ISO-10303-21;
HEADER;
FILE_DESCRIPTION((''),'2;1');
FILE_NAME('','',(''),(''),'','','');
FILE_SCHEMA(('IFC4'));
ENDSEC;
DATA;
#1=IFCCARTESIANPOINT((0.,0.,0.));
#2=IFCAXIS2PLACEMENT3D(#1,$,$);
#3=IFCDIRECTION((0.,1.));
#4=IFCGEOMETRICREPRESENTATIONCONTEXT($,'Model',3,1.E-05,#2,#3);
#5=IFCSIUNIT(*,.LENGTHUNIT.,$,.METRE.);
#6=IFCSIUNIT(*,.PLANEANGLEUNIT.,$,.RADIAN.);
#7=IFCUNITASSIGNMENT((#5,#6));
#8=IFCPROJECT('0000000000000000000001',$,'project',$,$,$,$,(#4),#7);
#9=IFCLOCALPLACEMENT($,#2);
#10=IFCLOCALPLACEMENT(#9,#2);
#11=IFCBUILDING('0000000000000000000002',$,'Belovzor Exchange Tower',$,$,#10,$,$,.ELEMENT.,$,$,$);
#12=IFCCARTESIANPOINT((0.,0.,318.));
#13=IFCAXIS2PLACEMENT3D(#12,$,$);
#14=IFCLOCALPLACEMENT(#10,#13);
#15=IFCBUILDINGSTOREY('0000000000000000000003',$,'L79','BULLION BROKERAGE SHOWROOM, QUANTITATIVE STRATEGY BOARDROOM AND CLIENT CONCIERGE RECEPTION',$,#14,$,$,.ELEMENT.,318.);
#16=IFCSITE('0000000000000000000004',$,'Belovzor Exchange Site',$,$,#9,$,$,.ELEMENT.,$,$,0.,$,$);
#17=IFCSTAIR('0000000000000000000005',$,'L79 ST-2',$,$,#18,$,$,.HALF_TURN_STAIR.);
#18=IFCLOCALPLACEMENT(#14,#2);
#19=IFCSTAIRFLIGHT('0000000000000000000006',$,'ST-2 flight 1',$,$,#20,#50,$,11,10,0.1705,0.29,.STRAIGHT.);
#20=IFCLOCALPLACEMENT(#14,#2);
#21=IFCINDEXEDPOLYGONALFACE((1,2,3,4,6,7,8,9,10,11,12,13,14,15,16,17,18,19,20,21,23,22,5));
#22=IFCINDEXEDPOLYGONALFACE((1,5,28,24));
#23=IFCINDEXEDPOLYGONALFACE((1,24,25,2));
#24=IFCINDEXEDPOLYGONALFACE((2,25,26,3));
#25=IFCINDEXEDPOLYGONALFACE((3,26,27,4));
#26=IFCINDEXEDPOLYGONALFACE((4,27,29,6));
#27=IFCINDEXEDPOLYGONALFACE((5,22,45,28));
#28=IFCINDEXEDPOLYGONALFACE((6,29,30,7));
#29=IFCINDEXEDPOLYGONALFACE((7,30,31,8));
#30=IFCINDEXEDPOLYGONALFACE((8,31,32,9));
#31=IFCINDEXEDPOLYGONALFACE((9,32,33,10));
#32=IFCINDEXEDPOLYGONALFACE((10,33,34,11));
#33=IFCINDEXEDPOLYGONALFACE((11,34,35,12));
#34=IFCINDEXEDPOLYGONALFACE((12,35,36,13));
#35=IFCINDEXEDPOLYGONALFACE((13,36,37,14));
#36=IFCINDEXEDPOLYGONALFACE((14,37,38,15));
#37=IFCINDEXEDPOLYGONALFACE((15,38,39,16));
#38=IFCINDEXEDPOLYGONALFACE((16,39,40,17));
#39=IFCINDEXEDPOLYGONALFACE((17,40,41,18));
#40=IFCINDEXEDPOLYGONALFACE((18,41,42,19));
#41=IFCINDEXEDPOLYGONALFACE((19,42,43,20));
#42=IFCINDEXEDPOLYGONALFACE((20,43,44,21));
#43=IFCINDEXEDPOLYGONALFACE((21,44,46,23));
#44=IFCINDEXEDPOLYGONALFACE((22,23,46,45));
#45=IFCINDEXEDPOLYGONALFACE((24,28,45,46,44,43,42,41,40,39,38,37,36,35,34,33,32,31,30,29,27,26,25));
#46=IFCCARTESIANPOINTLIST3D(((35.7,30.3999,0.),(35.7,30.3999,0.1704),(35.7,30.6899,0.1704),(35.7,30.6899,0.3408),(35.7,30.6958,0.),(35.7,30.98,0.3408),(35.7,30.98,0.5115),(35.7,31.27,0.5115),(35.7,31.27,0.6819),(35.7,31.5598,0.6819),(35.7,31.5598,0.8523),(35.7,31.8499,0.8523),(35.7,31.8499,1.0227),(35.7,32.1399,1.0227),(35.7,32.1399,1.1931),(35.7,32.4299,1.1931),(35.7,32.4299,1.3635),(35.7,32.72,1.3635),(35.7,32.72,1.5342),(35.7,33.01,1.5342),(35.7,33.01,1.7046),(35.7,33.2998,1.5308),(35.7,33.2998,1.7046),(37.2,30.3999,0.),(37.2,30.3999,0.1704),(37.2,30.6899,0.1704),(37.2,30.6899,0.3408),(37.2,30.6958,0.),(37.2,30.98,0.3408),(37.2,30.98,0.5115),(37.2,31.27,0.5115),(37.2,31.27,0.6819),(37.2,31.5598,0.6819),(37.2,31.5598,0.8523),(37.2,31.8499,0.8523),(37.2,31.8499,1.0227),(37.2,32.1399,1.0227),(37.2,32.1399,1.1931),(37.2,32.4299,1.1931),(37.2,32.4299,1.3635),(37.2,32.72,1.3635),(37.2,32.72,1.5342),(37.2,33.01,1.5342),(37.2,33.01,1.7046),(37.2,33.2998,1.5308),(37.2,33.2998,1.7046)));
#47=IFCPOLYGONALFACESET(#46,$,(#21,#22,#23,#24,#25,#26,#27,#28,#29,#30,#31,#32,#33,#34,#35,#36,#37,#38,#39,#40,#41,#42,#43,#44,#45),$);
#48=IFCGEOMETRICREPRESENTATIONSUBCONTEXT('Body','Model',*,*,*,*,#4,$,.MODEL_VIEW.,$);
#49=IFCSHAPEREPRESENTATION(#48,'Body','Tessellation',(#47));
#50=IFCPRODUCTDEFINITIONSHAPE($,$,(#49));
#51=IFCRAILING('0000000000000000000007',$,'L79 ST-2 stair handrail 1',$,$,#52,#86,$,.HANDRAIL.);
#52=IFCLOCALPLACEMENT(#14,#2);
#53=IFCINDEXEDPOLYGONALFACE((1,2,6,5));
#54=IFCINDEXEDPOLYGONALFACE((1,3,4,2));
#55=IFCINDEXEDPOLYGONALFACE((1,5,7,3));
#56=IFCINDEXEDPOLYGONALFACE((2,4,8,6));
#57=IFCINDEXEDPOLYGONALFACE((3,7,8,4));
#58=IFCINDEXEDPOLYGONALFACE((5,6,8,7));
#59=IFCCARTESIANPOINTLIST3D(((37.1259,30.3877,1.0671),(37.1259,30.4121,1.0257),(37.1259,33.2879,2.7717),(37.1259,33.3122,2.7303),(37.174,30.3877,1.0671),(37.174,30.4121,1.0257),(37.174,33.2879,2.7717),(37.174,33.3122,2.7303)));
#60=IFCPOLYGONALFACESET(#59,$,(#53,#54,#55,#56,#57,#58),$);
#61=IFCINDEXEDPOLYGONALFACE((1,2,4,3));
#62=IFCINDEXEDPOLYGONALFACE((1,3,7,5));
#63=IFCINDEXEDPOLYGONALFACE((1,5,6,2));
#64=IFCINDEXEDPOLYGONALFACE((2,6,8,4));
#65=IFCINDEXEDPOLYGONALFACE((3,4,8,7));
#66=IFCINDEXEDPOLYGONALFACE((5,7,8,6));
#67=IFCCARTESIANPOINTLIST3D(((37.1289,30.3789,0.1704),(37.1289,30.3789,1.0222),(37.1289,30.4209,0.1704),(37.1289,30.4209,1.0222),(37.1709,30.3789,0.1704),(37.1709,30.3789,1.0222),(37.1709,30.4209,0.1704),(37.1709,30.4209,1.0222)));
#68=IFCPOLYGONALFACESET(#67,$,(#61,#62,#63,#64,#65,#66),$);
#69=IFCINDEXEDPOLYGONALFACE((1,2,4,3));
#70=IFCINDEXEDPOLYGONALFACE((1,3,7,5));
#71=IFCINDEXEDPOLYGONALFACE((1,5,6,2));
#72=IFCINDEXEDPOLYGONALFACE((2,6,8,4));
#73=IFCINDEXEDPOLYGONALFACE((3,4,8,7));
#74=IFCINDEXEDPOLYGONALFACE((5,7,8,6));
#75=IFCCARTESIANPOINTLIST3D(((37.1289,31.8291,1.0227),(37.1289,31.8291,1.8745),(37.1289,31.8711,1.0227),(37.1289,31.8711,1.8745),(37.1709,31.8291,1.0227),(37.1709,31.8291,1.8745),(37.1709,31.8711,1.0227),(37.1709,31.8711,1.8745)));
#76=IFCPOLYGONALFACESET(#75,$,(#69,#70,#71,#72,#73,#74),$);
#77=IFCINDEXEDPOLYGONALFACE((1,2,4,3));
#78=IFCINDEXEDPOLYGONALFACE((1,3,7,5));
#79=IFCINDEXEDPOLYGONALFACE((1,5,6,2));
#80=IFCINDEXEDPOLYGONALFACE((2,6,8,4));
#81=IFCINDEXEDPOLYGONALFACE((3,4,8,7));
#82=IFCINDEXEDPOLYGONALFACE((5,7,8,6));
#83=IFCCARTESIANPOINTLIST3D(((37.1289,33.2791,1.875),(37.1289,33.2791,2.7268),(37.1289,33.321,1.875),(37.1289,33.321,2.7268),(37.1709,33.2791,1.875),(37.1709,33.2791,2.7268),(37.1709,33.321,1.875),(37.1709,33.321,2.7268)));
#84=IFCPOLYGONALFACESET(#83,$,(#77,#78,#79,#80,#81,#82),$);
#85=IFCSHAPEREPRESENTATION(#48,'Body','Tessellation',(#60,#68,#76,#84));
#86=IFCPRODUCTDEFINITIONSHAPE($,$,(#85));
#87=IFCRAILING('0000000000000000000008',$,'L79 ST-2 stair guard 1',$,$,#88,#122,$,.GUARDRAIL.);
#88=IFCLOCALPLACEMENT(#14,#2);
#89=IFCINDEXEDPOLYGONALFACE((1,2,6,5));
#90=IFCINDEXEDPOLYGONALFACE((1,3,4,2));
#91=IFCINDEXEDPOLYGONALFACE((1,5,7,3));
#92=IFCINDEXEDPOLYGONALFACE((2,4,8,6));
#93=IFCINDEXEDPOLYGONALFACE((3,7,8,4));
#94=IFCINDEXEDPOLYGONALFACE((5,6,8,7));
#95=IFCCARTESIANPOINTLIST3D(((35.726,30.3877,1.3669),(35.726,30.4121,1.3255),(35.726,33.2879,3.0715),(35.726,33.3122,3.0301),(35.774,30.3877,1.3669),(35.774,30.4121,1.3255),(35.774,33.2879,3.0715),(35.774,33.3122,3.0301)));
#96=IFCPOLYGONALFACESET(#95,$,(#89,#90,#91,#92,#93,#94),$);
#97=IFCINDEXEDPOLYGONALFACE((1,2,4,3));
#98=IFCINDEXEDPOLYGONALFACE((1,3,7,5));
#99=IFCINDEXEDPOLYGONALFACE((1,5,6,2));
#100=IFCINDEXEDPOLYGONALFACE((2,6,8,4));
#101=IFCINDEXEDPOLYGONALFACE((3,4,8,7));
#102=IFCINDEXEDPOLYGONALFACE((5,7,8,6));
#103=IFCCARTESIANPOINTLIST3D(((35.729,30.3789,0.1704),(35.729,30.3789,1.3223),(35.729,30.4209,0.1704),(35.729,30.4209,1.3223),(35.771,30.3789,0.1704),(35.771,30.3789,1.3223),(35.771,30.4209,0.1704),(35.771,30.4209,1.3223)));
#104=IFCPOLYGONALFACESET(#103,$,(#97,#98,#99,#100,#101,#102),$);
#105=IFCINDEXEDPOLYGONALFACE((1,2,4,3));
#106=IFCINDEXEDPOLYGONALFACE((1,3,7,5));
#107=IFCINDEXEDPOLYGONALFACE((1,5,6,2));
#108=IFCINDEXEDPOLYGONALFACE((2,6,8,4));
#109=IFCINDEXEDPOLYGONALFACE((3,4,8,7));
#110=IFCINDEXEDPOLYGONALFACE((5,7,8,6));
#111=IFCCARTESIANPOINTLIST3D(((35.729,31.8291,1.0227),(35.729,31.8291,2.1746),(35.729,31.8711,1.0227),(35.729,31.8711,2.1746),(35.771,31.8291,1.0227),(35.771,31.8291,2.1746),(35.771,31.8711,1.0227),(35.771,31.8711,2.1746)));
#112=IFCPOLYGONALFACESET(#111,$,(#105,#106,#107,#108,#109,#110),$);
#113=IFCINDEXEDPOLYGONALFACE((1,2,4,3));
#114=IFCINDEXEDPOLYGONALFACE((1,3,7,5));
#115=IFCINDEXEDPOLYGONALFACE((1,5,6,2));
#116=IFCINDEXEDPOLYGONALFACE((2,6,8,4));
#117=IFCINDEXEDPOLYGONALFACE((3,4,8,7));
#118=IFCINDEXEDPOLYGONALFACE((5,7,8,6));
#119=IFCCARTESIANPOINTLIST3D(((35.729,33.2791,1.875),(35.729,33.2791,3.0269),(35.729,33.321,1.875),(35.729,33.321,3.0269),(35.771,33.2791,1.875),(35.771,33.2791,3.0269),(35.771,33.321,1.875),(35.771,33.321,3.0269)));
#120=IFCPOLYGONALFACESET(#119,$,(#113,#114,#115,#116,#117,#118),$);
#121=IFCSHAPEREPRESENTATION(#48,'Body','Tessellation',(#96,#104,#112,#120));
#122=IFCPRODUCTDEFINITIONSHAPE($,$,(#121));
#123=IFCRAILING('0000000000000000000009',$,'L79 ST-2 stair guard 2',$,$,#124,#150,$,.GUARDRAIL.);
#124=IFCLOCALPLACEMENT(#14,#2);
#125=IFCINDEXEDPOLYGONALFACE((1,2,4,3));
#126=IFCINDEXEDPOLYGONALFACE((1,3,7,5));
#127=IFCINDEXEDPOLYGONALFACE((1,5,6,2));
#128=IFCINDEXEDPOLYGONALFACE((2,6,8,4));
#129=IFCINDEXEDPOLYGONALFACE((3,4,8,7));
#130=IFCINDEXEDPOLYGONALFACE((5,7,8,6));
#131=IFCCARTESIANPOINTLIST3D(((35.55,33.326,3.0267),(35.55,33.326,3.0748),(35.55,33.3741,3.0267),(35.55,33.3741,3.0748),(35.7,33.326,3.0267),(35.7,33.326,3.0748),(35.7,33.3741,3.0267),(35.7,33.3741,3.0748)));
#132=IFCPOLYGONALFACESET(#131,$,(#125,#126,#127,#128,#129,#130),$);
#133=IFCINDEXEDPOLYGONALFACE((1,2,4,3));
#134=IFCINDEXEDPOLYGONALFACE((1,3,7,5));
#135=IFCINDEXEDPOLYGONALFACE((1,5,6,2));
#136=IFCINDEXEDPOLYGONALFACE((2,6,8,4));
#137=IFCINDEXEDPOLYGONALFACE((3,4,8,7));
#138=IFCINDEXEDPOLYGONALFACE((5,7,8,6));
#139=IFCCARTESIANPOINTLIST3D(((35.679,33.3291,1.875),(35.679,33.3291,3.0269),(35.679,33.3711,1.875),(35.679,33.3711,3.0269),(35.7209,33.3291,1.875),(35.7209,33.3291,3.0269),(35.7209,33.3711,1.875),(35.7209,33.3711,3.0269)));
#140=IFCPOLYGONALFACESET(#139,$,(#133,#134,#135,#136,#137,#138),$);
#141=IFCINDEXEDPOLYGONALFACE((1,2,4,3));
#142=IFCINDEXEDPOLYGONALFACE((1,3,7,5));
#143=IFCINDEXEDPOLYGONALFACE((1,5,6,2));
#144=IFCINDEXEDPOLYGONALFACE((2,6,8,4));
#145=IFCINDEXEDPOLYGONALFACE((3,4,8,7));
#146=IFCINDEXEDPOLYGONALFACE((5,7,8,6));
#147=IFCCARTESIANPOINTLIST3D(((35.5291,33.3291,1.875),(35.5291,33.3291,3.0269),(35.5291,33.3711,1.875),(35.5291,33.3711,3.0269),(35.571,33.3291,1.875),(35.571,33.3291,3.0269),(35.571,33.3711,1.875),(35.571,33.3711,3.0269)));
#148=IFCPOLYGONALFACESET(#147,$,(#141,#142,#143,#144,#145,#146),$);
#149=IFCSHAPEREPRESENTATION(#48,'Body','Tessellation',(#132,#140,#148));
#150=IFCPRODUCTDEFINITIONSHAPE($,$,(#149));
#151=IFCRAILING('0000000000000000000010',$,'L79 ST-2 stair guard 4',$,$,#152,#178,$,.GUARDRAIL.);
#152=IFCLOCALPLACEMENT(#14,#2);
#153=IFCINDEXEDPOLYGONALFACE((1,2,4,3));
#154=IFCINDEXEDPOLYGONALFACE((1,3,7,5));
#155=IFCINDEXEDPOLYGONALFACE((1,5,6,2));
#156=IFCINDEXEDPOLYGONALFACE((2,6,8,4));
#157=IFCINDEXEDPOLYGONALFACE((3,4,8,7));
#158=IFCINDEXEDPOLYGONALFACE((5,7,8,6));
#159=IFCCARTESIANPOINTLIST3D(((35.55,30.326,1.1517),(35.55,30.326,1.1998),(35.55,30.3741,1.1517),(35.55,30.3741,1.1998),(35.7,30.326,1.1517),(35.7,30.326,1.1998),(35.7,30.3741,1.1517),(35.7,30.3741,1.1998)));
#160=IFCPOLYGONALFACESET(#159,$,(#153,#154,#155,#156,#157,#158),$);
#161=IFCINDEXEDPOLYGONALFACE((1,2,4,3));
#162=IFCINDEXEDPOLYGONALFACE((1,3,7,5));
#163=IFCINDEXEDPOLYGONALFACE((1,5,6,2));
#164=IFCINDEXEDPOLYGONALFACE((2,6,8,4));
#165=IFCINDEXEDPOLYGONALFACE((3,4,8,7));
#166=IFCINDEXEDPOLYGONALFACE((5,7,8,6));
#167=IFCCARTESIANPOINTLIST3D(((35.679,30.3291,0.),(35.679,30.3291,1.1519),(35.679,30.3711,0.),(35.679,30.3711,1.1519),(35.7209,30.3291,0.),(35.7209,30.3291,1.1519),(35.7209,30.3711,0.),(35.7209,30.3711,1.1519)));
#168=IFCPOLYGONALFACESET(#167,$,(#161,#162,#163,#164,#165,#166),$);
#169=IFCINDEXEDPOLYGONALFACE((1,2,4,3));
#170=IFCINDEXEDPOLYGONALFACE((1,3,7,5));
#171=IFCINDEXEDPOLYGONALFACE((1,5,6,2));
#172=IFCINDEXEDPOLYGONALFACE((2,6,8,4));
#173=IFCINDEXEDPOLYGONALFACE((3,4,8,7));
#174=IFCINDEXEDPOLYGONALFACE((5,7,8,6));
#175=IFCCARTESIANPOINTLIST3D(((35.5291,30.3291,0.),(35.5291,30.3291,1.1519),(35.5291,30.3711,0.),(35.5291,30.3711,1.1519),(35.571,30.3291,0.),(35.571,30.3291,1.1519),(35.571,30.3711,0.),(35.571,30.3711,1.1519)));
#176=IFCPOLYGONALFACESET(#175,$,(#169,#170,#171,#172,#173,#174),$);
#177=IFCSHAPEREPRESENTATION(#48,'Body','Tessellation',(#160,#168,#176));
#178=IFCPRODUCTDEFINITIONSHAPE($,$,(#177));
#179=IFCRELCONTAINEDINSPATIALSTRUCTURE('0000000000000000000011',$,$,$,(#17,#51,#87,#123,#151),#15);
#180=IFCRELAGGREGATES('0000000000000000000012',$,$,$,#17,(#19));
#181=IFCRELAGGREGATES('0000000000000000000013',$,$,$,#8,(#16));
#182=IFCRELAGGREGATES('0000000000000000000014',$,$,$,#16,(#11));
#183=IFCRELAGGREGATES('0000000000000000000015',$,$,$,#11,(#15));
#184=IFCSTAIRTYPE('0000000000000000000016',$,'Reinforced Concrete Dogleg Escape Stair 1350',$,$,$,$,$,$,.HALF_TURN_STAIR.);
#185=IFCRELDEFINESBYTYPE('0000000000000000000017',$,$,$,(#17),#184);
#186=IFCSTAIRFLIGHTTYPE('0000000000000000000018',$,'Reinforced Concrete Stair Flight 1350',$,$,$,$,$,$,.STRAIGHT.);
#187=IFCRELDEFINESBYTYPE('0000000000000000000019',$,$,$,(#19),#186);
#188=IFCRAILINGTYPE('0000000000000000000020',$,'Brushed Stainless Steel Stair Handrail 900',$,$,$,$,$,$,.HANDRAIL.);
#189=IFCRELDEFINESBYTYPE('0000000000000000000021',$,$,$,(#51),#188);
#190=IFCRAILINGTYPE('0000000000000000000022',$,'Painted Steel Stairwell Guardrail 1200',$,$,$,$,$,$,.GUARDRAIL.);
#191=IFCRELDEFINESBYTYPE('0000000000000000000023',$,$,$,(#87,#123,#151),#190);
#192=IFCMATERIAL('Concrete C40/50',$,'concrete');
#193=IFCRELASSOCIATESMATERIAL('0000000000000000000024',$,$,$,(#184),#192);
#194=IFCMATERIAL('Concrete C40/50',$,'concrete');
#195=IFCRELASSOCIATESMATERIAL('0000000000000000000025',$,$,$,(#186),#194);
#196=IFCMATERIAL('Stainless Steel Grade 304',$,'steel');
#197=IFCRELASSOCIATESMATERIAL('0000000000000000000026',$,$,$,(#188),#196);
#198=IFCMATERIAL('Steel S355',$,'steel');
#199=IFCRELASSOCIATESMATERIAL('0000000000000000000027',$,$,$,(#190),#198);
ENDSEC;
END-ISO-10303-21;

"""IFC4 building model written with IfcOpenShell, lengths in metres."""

from ifc_helpers import new_model, si_unit, direction, frame, origin, origin_2d, place, context, subcontext, project, spatial, polyline, rectangle, outline, extrude, material, type_object, element, aggregate, save


model = new_model("IFC4")

# Units and contexts
model_context = context("Model", 3, precision=1e-05, world=origin(), true_north=direction((0.0, 1.0)))
body_context = subcontext(model_context, "Body", "Model", "MODEL_VIEW")
ifc_project = project(units=[si_unit("LENGTHUNIT", "METRE"), si_unit("PLANEANGLEUNIT", "RADIAN")], contexts=[model_context])

# Site, building, storey
site_placement = place(None, origin())
site = spatial("IfcSite", under=ifc_project, at=site_placement, Name="Belovzor Exchange Site", CompositionType="ELEMENT", RefElevation=0.0)
building_placement = place(site_placement, origin())
building = spatial("IfcBuilding", under=site, at=building_placement, Name="Belovzor Exchange Tower", CompositionType="ELEMENT")
storey_placement = place(building_placement, frame((0.0, 0.0, 318.0)))
storey = spatial("IfcBuildingStorey", under=building, at=storey_placement, Name="L79", Description="BULLION BROKERAGE SHOWROOM, QUANTITATIVE STRATEGY BOARDROOM AND CLIENT CONCIERGE RECEPTION", CompositionType="ELEMENT", Elevation=318.0)

# Stair, stair flight
ifc_material_1 = material(Name="Concrete C40/50", Category="concrete")
stair_type = type_object("IfcStairType", Name="Reinforced Concrete Dogleg Escape Stair 1350", PredefinedType="HALF_TURN_STAIR", material=ifc_material_1)
stair_placement = place(storey_placement, origin())
stair = element("IfcStair", 1, at=stair_placement, inside=storey, type_object=stair_type, Name="L79 ST-2", PredefinedType="HALF_TURN_STAIR")
ifc_material_2 = material(Name="Concrete C40/50", Category="concrete")
stair_flight_type = type_object("IfcStairFlightType", Name="Reinforced Concrete Stair Flight 1350", PredefinedType="STRAIGHT", material=ifc_material_2)
stair_flight_placement = place(storey_placement, frame((36.45, 30.3999, 0.0), z_axis=(0.0, 0.0, 1.0), x_axis=(0.0, 1.0, 0.0)))
stair_flight = element("IfcStairFlight", 2, at=stair_flight_placement, type_object=stair_flight_type, Name="ST-2 flight 1", NumberOfRisers=11, NumberOfTreads=10, PredefinedType="STRAIGHT", RiserHeight=0.1705, TreadLength=0.29, context=body_context, shape_type="SweptSolid", body=[
    extrude(outline(polyline([(0.0, 0.0), (0.0, 0.1704), (0.29, 0.1704), (0.29, 0.3408), (0.5801, 0.3408), (0.5801, 0.5115), (0.8701, 0.5115), (0.8701, 0.6819), (1.1599, 0.6819), (1.1599, 0.8523), (1.45, 0.8523), (1.45, 1.0227), (1.74, 1.0227), (1.74, 1.1931), (2.03, 1.1931), (2.03, 1.3635), (2.3201, 1.3635), (2.3201, 1.5342), (2.6101, 1.5342), (2.6101, 1.7046), (2.8999, 1.7046), (2.8999, 1.875), (2.8999, 1.5308), (0.2959, 0.0), (0.0, 0.0)])), frame((0.0, 0.75, 0.0), z_axis=(0.0, -1.0, 0.0), x_axis=(1.0, 0.0, 0.0)), (0.0, 0.0, 1.0), 1.5),
])
aggregate(stair, [stair_flight])

# Railings
ifc_material_3 = material(Name="Stainless Steel Grade 304", Category="steel")
railing_type_1 = type_object("IfcRailingType", Name="Brushed Stainless Steel Stair Handrail 900", PredefinedType="HANDRAIL", material=ifc_material_3)
railing_1_placement = place(storey_placement, frame((37.1499, 30.3999, 0.1704)))
element("IfcRailing", 3, at=railing_1_placement, inside=storey, type_object=railing_type_1, Name="L79 ST-2 stair handrail 1", PredefinedType="HANDRAIL", context=body_context, shape_type="SweptSolid", body=[
    extrude(rectangle(XDim=0.0481, YDim=0.0481, at=origin_2d()), frame((0.0, 0.0, 0.876), z_axis=(0.0, 0.862113, 0.506716), x_axis=(-1.0, 0.0, 0.0)), (0.0, 0.0, 1.0), 3.364),
    extrude(rectangle(XDim=0.042, YDim=0.042, at=origin_2d()), origin(), (0.0, 0.0, 1.0), 0.8518),
    extrude(rectangle(XDim=0.042, YDim=0.042, at=origin_2d()), frame((0.0, 1.4502, 0.8523)), (0.0, 0.0, 1.0), 0.8518),
    extrude(rectangle(XDim=0.042, YDim=0.042, at=origin_2d()), frame((0.0, 2.9001, 1.7046)), (0.0, 0.0, 1.0), 0.8518),
])
ifc_material_4 = material(Name="Steel S355", Category="steel")
railing_type_2 = type_object("IfcRailingType", Name="Painted Steel Stairwell Guardrail 1200", PredefinedType="GUARDRAIL", material=ifc_material_4)
railing_2_placement = place(storey_placement, frame((35.75, 30.3999, 0.1704)))
element("IfcRailing", 4, at=railing_2_placement, inside=storey, type_object=railing_type_2, Name="L79 ST-2 stair guard 1", PredefinedType="GUARDRAIL", context=body_context, shape_type="SweptSolid", body=[
    extrude(rectangle(XDim=0.0481, YDim=0.0481, at=origin_2d()), frame((0.0, 0.0, 1.1758), z_axis=(0.0, 0.862113, 0.506716), x_axis=(-1.0, 0.0, 0.0)), (0.0, 0.0, 1.0), 3.364),
    extrude(rectangle(XDim=0.042, YDim=0.042, at=origin_2d()), origin(), (0.0, 0.0, 1.0), 1.1519),
    extrude(rectangle(XDim=0.042, YDim=0.042, at=origin_2d()), frame((0.0, 1.4502, 0.8523)), (0.0, 0.0, 1.0), 1.1519),
    extrude(rectangle(XDim=0.042, YDim=0.042, at=origin_2d()), frame((0.0, 2.9001, 1.7046)), (0.0, 0.0, 1.0), 1.1519),
])
for number, where, name in (
    (5, (35.7, 33.3501, 1.875), "L79 ST-2 stair guard 2"),
    (6, (35.7, 30.3501, 0.0), "L79 ST-2 stair guard 4"),
):
    element("IfcRailing", number, at=place(storey_placement, frame(where)), inside=storey, type_object=railing_type_2, Name=name, PredefinedType="GUARDRAIL", context=body_context, shape_type="SweptSolid", body=[
        extrude(rectangle(XDim=0.0481, YDim=0.0481, at=origin_2d()), frame((0.0, 0.0, 1.1758), z_axis=(-1.0, 0.0, 0.0), x_axis=(0.0, -1.0, 0.0)), (0.0, 0.0, 1.0), 0.1499),
        extrude(rectangle(XDim=0.042, YDim=0.042, at=origin_2d()), origin(), (0.0, 0.0, 1.0), 1.1519),
        extrude(rectangle(XDim=0.042, YDim=0.042, at=origin_2d()), frame((-0.1499, 0.0, 0.0)), (0.0, 0.0, 1.0), 1.1519),
    ])

save(model, "model.ifc")
